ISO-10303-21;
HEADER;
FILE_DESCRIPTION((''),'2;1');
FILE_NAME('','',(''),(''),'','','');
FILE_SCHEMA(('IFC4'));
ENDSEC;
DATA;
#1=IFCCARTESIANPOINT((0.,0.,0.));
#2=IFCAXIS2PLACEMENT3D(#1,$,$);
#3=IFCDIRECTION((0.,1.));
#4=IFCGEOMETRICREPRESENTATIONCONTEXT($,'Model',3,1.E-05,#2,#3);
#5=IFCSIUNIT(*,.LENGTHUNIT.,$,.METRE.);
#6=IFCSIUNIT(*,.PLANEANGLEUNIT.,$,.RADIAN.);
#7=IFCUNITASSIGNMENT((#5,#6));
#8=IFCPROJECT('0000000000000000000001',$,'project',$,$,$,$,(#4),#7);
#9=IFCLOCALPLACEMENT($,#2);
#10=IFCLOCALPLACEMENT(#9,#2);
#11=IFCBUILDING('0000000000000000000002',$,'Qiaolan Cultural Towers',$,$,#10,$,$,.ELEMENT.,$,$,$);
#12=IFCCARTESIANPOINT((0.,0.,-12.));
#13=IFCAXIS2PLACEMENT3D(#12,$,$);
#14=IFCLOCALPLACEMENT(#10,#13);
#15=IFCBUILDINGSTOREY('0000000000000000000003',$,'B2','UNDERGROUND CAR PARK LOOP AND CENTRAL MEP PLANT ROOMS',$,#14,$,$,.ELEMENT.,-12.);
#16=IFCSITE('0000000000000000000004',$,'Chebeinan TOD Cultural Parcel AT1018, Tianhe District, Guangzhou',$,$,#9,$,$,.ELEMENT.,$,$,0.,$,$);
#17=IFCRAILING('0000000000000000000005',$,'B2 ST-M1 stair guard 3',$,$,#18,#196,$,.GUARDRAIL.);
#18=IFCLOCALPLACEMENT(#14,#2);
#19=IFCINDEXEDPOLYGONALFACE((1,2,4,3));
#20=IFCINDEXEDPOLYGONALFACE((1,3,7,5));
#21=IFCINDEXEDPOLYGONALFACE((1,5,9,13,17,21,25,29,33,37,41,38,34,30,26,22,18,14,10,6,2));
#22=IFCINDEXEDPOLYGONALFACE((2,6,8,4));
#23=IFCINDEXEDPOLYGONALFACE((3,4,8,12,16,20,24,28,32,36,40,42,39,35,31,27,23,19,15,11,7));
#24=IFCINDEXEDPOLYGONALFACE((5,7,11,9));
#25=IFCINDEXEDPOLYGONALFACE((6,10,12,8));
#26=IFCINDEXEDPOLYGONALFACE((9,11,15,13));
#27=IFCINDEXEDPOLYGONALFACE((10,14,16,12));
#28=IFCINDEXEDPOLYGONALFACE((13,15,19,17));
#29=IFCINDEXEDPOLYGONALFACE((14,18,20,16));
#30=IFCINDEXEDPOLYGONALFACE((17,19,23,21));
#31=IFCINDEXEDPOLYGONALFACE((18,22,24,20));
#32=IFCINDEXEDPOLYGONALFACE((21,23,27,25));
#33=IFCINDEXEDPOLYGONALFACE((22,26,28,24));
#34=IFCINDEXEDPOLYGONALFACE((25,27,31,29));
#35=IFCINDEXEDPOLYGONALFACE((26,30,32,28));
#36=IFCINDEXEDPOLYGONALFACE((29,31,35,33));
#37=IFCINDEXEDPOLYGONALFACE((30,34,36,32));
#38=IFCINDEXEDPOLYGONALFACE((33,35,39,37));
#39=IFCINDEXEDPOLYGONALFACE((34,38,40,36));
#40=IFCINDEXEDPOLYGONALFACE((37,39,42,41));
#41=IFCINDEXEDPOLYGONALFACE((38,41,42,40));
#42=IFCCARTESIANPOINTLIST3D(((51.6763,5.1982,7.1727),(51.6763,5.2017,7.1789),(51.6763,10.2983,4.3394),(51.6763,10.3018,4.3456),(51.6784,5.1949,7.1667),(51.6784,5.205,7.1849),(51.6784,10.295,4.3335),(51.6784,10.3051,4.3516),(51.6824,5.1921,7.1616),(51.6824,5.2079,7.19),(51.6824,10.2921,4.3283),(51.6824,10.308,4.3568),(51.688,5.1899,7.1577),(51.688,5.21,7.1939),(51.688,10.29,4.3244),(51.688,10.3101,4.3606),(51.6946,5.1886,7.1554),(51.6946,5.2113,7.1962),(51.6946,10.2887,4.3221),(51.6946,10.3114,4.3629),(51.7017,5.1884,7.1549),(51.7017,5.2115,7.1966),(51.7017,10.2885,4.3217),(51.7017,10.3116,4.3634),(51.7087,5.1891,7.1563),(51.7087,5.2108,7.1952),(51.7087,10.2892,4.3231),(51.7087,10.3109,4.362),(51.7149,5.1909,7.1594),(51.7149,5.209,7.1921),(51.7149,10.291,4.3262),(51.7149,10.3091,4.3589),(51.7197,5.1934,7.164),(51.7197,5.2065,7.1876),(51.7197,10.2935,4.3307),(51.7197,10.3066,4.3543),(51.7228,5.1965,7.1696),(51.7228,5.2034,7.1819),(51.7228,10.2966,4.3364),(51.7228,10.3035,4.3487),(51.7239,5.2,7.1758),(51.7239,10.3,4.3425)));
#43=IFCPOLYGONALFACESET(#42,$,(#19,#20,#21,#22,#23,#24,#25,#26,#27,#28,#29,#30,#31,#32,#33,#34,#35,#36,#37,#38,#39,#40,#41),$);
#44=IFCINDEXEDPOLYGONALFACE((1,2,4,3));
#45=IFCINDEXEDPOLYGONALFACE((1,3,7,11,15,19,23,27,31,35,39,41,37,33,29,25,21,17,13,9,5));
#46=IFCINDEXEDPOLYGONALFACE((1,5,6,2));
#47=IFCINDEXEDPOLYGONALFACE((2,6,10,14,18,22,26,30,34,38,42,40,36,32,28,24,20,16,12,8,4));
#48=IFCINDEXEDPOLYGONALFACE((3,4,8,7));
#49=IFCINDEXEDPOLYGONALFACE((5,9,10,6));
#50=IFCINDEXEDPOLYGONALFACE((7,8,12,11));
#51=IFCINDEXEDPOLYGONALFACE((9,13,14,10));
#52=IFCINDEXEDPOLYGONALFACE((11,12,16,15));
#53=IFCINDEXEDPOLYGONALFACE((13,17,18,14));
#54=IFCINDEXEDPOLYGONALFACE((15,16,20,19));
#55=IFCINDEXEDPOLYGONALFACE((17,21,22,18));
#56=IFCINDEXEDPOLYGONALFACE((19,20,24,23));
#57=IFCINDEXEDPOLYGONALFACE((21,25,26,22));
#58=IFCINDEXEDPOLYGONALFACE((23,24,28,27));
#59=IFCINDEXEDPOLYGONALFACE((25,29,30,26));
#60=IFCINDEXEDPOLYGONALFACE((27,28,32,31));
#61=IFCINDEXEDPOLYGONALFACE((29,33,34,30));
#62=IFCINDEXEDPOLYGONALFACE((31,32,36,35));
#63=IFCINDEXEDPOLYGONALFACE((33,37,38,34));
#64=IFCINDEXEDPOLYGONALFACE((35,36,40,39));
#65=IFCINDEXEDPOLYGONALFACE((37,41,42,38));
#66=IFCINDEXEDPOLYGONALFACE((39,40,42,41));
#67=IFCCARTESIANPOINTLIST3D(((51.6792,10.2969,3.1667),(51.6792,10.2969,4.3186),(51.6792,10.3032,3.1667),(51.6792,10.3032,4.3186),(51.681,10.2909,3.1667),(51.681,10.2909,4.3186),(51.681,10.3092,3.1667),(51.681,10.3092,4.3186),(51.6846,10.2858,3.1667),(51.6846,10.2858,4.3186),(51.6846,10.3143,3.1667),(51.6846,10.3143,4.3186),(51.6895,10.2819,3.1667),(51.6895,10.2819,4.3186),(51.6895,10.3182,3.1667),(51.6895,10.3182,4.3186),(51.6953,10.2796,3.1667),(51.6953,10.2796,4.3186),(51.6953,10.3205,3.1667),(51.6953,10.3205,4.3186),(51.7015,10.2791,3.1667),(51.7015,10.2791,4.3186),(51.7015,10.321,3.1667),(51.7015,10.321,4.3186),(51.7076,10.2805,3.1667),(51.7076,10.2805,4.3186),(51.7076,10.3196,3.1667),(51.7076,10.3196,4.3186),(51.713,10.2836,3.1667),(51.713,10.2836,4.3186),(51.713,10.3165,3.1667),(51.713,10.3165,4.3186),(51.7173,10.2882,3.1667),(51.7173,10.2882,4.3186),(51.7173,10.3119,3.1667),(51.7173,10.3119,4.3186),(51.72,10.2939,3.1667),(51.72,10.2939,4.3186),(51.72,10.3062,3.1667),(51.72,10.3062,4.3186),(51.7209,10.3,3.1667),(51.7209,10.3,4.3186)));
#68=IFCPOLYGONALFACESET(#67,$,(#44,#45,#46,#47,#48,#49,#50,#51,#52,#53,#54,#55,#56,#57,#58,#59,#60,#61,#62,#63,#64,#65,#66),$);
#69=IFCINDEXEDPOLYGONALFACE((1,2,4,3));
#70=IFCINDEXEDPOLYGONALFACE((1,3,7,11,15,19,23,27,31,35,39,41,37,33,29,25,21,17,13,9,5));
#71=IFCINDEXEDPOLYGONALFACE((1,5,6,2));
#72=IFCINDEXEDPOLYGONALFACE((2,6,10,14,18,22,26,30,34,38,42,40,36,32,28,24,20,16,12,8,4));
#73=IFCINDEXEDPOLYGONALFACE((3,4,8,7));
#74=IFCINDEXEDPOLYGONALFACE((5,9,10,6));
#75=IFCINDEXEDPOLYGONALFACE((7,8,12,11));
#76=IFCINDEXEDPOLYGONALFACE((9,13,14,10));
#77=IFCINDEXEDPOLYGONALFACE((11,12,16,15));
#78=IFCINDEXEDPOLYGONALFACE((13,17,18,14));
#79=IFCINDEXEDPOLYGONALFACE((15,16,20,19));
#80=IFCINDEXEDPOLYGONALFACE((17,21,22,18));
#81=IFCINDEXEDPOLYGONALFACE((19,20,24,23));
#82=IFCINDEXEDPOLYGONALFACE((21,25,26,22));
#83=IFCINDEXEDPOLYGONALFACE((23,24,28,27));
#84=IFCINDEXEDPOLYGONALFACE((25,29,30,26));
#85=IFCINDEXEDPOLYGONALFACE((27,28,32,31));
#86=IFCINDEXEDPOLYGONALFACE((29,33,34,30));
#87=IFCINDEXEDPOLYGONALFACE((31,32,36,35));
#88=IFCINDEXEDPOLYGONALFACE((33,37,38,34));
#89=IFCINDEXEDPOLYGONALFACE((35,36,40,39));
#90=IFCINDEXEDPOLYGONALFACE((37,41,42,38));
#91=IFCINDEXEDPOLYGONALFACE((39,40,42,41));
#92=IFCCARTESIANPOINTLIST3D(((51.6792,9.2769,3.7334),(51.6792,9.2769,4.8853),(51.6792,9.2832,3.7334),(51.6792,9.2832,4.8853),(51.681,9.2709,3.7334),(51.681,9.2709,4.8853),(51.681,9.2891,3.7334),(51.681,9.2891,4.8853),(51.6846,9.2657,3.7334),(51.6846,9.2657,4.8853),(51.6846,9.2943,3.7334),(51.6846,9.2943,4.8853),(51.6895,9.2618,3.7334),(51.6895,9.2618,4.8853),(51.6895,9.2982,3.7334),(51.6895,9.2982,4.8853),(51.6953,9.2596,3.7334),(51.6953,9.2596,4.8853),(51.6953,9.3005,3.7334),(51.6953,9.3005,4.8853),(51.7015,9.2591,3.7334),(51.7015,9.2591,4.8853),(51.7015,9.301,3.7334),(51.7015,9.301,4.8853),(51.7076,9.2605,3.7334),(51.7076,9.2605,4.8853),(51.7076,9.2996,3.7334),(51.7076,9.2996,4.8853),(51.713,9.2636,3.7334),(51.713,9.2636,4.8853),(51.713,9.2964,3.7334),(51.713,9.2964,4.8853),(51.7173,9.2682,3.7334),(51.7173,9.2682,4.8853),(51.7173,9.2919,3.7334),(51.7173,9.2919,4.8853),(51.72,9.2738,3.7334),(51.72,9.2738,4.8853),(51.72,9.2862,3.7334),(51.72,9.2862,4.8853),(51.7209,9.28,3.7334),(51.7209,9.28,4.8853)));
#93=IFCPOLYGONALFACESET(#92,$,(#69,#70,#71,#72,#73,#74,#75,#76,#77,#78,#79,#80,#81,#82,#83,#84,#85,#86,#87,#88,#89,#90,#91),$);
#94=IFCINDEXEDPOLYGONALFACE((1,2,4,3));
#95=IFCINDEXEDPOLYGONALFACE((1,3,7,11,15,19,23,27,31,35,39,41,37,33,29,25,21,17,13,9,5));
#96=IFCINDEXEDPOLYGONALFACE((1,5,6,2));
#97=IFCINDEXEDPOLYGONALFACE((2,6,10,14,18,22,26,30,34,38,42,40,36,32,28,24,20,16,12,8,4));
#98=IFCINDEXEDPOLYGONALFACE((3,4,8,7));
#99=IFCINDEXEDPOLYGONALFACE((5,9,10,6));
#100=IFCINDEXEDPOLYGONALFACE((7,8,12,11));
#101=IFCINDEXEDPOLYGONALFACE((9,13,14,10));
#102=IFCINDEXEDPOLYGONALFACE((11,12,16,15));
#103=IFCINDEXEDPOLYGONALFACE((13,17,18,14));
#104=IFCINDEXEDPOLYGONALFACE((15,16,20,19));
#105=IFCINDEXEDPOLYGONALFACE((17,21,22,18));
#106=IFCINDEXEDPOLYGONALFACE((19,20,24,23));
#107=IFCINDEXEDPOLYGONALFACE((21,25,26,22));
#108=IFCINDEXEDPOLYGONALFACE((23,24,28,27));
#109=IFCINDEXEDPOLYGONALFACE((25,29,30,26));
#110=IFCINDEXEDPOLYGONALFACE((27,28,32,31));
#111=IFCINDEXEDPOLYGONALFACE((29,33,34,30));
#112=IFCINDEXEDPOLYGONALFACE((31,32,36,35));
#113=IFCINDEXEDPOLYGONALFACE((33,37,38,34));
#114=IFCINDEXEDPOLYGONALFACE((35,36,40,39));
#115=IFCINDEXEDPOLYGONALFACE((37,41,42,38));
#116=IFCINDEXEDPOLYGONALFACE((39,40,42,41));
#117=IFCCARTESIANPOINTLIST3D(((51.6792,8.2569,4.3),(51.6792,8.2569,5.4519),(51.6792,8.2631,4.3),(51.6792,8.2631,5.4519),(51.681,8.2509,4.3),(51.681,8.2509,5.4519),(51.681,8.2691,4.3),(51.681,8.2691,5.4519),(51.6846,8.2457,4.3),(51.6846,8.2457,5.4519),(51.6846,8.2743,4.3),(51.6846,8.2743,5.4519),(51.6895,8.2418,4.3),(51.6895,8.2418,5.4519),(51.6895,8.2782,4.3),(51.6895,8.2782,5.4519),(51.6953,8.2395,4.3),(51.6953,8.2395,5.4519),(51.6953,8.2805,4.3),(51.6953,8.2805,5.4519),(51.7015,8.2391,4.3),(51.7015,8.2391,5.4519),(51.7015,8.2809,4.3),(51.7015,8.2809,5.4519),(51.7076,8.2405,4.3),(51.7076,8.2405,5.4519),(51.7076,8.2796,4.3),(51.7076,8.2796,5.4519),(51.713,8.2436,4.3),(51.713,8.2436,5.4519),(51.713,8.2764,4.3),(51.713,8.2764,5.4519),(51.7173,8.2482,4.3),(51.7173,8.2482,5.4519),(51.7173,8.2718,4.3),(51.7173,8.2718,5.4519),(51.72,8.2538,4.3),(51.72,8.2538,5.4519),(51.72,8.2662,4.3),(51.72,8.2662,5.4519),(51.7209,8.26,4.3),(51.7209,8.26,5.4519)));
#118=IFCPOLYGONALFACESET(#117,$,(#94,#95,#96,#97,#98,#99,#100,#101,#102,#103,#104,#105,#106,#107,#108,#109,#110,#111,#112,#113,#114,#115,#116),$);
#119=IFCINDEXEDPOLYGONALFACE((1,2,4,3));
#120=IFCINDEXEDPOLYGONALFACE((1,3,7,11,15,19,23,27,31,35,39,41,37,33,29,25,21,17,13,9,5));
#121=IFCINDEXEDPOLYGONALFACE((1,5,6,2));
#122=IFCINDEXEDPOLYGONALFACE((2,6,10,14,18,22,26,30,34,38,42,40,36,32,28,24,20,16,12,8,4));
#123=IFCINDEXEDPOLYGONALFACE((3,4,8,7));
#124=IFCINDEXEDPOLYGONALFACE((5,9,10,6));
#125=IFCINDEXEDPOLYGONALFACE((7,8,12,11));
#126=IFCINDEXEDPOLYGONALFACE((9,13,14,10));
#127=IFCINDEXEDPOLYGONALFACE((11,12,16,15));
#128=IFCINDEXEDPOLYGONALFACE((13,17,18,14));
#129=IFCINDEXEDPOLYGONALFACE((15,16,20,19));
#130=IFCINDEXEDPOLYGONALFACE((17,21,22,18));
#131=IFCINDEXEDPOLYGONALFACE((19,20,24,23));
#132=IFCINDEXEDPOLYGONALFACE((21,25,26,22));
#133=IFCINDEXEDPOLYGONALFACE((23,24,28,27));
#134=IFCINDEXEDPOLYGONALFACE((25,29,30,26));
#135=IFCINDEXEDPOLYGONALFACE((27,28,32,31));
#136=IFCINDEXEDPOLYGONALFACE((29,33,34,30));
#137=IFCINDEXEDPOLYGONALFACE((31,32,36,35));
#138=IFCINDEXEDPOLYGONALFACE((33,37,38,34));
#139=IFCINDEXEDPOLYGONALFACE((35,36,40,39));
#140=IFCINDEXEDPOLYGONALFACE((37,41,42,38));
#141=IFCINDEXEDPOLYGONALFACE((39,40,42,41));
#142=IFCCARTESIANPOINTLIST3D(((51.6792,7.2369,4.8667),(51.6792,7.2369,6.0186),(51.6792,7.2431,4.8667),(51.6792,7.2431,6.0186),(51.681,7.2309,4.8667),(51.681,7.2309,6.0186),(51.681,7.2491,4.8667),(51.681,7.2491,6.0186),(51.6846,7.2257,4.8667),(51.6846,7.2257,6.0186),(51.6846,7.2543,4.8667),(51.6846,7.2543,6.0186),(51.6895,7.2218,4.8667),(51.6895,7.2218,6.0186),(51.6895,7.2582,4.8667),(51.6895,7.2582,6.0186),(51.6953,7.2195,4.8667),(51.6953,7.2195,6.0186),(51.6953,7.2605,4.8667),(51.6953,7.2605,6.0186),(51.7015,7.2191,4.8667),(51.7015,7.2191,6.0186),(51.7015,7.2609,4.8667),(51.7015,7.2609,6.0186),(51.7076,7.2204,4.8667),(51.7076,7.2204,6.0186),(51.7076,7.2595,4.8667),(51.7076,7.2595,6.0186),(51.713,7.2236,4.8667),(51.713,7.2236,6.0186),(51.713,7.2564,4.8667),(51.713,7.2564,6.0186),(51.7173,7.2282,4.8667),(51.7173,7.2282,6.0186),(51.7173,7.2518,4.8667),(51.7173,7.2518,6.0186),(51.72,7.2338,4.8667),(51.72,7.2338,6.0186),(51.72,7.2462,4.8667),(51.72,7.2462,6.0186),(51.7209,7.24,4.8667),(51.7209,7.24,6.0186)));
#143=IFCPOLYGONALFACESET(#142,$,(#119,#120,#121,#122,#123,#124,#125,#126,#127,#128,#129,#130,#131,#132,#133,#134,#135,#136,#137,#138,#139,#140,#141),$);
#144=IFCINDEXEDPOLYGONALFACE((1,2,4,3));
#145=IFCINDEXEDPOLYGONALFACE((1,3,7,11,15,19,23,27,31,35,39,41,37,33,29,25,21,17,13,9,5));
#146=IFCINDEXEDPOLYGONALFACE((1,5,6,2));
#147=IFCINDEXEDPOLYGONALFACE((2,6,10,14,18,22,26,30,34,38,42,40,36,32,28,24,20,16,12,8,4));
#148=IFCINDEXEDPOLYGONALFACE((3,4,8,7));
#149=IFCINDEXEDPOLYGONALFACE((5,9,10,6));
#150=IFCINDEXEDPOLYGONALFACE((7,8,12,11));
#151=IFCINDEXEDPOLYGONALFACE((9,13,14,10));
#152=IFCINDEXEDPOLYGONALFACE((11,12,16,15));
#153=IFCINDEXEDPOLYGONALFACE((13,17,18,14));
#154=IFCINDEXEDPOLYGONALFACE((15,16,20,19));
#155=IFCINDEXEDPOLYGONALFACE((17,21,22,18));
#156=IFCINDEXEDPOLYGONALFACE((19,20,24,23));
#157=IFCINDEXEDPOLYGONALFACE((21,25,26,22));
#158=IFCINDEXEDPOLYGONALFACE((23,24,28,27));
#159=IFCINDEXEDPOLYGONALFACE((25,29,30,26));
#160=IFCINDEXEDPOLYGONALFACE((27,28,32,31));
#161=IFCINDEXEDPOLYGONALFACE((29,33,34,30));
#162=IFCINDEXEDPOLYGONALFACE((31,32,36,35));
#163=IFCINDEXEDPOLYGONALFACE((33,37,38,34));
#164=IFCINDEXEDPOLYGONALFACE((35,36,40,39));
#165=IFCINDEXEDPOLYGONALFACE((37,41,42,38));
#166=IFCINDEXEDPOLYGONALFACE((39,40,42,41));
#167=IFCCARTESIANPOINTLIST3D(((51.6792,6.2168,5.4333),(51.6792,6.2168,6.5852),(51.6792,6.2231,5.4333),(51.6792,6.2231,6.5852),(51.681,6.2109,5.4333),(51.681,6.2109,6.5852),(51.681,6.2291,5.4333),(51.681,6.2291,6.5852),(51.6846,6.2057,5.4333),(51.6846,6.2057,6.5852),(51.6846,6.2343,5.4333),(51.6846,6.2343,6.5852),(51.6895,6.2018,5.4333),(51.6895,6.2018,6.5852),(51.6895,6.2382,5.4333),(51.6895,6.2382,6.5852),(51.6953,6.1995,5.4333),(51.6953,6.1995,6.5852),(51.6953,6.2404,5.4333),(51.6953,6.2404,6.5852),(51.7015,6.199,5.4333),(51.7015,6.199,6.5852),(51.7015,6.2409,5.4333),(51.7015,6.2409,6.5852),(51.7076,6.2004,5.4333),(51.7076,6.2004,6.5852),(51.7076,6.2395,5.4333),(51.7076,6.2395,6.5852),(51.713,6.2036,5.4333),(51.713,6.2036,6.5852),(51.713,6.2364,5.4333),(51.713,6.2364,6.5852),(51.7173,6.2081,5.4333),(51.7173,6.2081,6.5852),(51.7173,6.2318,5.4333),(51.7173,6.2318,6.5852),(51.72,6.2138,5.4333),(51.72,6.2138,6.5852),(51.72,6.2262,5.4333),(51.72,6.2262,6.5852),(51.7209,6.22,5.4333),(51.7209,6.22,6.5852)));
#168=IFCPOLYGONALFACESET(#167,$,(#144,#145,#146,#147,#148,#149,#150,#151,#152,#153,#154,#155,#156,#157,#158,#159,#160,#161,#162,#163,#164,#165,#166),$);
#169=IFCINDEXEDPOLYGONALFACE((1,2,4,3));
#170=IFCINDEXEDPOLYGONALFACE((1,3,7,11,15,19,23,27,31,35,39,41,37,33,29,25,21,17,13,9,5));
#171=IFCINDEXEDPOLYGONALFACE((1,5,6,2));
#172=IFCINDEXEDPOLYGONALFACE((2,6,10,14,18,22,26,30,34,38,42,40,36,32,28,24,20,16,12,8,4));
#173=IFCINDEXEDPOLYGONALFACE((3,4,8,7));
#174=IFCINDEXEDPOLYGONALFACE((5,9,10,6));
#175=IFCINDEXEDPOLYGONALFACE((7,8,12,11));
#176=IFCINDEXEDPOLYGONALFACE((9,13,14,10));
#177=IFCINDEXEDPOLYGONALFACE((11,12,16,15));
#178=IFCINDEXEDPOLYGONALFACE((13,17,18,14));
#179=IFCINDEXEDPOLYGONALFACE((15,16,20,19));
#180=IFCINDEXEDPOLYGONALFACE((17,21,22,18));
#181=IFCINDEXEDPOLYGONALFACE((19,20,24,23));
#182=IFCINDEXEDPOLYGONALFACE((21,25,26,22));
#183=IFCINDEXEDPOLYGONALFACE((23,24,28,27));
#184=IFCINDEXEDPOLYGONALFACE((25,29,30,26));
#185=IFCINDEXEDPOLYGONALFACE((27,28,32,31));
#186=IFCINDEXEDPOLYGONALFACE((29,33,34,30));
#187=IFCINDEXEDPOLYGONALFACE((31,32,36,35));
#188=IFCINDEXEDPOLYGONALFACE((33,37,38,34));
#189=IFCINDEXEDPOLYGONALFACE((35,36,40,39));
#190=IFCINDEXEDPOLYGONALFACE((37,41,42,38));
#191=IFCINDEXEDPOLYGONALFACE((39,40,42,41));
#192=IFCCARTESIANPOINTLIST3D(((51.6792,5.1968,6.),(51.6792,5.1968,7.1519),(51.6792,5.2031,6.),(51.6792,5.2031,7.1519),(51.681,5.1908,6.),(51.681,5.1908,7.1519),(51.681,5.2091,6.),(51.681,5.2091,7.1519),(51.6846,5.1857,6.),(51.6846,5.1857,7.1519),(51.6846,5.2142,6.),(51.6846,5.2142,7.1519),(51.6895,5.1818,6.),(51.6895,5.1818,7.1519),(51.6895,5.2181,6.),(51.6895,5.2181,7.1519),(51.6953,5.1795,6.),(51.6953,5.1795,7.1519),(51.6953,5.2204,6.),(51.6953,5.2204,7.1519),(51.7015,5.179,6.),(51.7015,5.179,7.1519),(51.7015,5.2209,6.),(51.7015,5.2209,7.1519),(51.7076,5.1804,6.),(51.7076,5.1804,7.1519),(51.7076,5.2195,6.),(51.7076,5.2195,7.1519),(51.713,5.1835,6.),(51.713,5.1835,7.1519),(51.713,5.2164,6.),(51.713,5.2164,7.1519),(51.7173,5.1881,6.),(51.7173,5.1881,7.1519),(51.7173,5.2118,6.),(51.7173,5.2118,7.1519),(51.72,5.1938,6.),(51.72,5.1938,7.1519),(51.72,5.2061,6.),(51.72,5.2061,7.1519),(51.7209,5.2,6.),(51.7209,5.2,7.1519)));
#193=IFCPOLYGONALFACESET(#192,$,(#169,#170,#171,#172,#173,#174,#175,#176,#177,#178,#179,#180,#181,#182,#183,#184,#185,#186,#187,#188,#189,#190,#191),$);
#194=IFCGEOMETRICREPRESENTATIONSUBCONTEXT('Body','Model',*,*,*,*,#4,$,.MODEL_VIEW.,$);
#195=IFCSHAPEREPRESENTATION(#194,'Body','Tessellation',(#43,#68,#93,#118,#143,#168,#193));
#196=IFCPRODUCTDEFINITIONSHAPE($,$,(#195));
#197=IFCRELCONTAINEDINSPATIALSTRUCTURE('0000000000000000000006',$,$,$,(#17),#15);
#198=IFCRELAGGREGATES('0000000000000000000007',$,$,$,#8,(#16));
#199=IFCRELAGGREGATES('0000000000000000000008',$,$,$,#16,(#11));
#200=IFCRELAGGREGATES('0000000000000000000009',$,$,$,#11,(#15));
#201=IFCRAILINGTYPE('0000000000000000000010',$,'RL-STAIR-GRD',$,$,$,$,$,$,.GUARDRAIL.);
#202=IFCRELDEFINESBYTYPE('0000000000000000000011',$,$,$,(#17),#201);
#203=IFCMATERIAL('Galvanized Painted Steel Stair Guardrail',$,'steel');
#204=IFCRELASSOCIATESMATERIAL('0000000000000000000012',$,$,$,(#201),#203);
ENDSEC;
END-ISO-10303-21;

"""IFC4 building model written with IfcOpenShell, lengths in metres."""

from ifc_helpers import new_model, si_unit, direction, frame, origin, origin_2d, place, context, subcontext, project, spatial, circle, extrude, material, type_object, element, save


model = new_model("IFC4")

# Units and contexts
model_context = context("Model", 3, precision=1e-05, world=origin(), true_north=direction((0.0, 1.0)))
body_context = subcontext(model_context, "Body", "Model", "MODEL_VIEW")
ifc_project = project(units=[si_unit("LENGTHUNIT", "METRE"), si_unit("PLANEANGLEUNIT", "RADIAN")], contexts=[model_context])

# Site, building, storey
site_placement = place(None, origin())
site = spatial("IfcSite", under=ifc_project, at=site_placement, Name="Chebeinan TOD Cultural Parcel AT1018, Tianhe District, Guangzhou", CompositionType="ELEMENT", RefElevation=0.0)
building_placement = place(site_placement, origin())
building = spatial("IfcBuilding", under=site, at=building_placement, Name="Qiaolan Cultural Towers", CompositionType="ELEMENT")
storey_placement = place(building_placement, frame((0.0, 0.0, -12.0)))
storey = spatial("IfcBuildingStorey", under=building, at=storey_placement, Name="B2", Description="UNDERGROUND CAR PARK LOOP AND CENTRAL MEP PLANT ROOMS", CompositionType="ELEMENT", Elevation=-12.0)

# Railing
ifc_material_1 = material(Name="Galvanized Painted Steel Stair Guardrail", Category="steel")
railing_type_1 = type_object("IfcRailingType", Name="RL-STAIR-GRD", PredefinedType="GUARDRAIL", material=ifc_material_1)
railing_1_placement = place(storey_placement, frame((51.7, 10.3, 3.1667)))
element("IfcRailing", 1, at=railing_1_placement, inside=storey, type_object=railing_type_1, Name="B2 ST-M1 stair guard 3", PredefinedType="GUARDRAIL", context=body_context, shape_type="SweptSolid", body=[
    extrude(circle(Radius=0.0239, at=origin_2d()), frame((0.0, 0.0, 1.1758), z_axis=(0.0, -0.874167, 0.485625), x_axis=(1.0, 0.0, 0.0)), (0.0, 0.0, 1.0), 5.8342),
    extrude(circle(Radius=0.021, at=origin_2d()), origin(), (0.0, 0.0, 1.0), 1.1519),
    extrude(circle(Radius=0.021, at=origin_2d()), frame((0.0, -1.02, 0.5667)), (0.0, 0.0, 1.0), 1.1519),
    extrude(circle(Radius=0.021, at=origin_2d()), frame((0.0, -2.04, 1.1333)), (0.0, 0.0, 1.0), 1.1519),
    extrude(circle(Radius=0.021, at=origin_2d()), frame((0.0, -3.0601, 1.7)), (0.0, 0.0, 1.0), 1.1519),
    extrude(circle(Radius=0.021, at=origin_2d()), frame((0.0, -4.0801, 2.2666)), (0.0, 0.0, 1.0), 1.1519),
    extrude(circle(Radius=0.021, at=origin_2d()), frame((0.0, -5.1001, 2.8333)), (0.0, 0.0, 1.0), 1.1519),
])

save(model, "model.ifc")
